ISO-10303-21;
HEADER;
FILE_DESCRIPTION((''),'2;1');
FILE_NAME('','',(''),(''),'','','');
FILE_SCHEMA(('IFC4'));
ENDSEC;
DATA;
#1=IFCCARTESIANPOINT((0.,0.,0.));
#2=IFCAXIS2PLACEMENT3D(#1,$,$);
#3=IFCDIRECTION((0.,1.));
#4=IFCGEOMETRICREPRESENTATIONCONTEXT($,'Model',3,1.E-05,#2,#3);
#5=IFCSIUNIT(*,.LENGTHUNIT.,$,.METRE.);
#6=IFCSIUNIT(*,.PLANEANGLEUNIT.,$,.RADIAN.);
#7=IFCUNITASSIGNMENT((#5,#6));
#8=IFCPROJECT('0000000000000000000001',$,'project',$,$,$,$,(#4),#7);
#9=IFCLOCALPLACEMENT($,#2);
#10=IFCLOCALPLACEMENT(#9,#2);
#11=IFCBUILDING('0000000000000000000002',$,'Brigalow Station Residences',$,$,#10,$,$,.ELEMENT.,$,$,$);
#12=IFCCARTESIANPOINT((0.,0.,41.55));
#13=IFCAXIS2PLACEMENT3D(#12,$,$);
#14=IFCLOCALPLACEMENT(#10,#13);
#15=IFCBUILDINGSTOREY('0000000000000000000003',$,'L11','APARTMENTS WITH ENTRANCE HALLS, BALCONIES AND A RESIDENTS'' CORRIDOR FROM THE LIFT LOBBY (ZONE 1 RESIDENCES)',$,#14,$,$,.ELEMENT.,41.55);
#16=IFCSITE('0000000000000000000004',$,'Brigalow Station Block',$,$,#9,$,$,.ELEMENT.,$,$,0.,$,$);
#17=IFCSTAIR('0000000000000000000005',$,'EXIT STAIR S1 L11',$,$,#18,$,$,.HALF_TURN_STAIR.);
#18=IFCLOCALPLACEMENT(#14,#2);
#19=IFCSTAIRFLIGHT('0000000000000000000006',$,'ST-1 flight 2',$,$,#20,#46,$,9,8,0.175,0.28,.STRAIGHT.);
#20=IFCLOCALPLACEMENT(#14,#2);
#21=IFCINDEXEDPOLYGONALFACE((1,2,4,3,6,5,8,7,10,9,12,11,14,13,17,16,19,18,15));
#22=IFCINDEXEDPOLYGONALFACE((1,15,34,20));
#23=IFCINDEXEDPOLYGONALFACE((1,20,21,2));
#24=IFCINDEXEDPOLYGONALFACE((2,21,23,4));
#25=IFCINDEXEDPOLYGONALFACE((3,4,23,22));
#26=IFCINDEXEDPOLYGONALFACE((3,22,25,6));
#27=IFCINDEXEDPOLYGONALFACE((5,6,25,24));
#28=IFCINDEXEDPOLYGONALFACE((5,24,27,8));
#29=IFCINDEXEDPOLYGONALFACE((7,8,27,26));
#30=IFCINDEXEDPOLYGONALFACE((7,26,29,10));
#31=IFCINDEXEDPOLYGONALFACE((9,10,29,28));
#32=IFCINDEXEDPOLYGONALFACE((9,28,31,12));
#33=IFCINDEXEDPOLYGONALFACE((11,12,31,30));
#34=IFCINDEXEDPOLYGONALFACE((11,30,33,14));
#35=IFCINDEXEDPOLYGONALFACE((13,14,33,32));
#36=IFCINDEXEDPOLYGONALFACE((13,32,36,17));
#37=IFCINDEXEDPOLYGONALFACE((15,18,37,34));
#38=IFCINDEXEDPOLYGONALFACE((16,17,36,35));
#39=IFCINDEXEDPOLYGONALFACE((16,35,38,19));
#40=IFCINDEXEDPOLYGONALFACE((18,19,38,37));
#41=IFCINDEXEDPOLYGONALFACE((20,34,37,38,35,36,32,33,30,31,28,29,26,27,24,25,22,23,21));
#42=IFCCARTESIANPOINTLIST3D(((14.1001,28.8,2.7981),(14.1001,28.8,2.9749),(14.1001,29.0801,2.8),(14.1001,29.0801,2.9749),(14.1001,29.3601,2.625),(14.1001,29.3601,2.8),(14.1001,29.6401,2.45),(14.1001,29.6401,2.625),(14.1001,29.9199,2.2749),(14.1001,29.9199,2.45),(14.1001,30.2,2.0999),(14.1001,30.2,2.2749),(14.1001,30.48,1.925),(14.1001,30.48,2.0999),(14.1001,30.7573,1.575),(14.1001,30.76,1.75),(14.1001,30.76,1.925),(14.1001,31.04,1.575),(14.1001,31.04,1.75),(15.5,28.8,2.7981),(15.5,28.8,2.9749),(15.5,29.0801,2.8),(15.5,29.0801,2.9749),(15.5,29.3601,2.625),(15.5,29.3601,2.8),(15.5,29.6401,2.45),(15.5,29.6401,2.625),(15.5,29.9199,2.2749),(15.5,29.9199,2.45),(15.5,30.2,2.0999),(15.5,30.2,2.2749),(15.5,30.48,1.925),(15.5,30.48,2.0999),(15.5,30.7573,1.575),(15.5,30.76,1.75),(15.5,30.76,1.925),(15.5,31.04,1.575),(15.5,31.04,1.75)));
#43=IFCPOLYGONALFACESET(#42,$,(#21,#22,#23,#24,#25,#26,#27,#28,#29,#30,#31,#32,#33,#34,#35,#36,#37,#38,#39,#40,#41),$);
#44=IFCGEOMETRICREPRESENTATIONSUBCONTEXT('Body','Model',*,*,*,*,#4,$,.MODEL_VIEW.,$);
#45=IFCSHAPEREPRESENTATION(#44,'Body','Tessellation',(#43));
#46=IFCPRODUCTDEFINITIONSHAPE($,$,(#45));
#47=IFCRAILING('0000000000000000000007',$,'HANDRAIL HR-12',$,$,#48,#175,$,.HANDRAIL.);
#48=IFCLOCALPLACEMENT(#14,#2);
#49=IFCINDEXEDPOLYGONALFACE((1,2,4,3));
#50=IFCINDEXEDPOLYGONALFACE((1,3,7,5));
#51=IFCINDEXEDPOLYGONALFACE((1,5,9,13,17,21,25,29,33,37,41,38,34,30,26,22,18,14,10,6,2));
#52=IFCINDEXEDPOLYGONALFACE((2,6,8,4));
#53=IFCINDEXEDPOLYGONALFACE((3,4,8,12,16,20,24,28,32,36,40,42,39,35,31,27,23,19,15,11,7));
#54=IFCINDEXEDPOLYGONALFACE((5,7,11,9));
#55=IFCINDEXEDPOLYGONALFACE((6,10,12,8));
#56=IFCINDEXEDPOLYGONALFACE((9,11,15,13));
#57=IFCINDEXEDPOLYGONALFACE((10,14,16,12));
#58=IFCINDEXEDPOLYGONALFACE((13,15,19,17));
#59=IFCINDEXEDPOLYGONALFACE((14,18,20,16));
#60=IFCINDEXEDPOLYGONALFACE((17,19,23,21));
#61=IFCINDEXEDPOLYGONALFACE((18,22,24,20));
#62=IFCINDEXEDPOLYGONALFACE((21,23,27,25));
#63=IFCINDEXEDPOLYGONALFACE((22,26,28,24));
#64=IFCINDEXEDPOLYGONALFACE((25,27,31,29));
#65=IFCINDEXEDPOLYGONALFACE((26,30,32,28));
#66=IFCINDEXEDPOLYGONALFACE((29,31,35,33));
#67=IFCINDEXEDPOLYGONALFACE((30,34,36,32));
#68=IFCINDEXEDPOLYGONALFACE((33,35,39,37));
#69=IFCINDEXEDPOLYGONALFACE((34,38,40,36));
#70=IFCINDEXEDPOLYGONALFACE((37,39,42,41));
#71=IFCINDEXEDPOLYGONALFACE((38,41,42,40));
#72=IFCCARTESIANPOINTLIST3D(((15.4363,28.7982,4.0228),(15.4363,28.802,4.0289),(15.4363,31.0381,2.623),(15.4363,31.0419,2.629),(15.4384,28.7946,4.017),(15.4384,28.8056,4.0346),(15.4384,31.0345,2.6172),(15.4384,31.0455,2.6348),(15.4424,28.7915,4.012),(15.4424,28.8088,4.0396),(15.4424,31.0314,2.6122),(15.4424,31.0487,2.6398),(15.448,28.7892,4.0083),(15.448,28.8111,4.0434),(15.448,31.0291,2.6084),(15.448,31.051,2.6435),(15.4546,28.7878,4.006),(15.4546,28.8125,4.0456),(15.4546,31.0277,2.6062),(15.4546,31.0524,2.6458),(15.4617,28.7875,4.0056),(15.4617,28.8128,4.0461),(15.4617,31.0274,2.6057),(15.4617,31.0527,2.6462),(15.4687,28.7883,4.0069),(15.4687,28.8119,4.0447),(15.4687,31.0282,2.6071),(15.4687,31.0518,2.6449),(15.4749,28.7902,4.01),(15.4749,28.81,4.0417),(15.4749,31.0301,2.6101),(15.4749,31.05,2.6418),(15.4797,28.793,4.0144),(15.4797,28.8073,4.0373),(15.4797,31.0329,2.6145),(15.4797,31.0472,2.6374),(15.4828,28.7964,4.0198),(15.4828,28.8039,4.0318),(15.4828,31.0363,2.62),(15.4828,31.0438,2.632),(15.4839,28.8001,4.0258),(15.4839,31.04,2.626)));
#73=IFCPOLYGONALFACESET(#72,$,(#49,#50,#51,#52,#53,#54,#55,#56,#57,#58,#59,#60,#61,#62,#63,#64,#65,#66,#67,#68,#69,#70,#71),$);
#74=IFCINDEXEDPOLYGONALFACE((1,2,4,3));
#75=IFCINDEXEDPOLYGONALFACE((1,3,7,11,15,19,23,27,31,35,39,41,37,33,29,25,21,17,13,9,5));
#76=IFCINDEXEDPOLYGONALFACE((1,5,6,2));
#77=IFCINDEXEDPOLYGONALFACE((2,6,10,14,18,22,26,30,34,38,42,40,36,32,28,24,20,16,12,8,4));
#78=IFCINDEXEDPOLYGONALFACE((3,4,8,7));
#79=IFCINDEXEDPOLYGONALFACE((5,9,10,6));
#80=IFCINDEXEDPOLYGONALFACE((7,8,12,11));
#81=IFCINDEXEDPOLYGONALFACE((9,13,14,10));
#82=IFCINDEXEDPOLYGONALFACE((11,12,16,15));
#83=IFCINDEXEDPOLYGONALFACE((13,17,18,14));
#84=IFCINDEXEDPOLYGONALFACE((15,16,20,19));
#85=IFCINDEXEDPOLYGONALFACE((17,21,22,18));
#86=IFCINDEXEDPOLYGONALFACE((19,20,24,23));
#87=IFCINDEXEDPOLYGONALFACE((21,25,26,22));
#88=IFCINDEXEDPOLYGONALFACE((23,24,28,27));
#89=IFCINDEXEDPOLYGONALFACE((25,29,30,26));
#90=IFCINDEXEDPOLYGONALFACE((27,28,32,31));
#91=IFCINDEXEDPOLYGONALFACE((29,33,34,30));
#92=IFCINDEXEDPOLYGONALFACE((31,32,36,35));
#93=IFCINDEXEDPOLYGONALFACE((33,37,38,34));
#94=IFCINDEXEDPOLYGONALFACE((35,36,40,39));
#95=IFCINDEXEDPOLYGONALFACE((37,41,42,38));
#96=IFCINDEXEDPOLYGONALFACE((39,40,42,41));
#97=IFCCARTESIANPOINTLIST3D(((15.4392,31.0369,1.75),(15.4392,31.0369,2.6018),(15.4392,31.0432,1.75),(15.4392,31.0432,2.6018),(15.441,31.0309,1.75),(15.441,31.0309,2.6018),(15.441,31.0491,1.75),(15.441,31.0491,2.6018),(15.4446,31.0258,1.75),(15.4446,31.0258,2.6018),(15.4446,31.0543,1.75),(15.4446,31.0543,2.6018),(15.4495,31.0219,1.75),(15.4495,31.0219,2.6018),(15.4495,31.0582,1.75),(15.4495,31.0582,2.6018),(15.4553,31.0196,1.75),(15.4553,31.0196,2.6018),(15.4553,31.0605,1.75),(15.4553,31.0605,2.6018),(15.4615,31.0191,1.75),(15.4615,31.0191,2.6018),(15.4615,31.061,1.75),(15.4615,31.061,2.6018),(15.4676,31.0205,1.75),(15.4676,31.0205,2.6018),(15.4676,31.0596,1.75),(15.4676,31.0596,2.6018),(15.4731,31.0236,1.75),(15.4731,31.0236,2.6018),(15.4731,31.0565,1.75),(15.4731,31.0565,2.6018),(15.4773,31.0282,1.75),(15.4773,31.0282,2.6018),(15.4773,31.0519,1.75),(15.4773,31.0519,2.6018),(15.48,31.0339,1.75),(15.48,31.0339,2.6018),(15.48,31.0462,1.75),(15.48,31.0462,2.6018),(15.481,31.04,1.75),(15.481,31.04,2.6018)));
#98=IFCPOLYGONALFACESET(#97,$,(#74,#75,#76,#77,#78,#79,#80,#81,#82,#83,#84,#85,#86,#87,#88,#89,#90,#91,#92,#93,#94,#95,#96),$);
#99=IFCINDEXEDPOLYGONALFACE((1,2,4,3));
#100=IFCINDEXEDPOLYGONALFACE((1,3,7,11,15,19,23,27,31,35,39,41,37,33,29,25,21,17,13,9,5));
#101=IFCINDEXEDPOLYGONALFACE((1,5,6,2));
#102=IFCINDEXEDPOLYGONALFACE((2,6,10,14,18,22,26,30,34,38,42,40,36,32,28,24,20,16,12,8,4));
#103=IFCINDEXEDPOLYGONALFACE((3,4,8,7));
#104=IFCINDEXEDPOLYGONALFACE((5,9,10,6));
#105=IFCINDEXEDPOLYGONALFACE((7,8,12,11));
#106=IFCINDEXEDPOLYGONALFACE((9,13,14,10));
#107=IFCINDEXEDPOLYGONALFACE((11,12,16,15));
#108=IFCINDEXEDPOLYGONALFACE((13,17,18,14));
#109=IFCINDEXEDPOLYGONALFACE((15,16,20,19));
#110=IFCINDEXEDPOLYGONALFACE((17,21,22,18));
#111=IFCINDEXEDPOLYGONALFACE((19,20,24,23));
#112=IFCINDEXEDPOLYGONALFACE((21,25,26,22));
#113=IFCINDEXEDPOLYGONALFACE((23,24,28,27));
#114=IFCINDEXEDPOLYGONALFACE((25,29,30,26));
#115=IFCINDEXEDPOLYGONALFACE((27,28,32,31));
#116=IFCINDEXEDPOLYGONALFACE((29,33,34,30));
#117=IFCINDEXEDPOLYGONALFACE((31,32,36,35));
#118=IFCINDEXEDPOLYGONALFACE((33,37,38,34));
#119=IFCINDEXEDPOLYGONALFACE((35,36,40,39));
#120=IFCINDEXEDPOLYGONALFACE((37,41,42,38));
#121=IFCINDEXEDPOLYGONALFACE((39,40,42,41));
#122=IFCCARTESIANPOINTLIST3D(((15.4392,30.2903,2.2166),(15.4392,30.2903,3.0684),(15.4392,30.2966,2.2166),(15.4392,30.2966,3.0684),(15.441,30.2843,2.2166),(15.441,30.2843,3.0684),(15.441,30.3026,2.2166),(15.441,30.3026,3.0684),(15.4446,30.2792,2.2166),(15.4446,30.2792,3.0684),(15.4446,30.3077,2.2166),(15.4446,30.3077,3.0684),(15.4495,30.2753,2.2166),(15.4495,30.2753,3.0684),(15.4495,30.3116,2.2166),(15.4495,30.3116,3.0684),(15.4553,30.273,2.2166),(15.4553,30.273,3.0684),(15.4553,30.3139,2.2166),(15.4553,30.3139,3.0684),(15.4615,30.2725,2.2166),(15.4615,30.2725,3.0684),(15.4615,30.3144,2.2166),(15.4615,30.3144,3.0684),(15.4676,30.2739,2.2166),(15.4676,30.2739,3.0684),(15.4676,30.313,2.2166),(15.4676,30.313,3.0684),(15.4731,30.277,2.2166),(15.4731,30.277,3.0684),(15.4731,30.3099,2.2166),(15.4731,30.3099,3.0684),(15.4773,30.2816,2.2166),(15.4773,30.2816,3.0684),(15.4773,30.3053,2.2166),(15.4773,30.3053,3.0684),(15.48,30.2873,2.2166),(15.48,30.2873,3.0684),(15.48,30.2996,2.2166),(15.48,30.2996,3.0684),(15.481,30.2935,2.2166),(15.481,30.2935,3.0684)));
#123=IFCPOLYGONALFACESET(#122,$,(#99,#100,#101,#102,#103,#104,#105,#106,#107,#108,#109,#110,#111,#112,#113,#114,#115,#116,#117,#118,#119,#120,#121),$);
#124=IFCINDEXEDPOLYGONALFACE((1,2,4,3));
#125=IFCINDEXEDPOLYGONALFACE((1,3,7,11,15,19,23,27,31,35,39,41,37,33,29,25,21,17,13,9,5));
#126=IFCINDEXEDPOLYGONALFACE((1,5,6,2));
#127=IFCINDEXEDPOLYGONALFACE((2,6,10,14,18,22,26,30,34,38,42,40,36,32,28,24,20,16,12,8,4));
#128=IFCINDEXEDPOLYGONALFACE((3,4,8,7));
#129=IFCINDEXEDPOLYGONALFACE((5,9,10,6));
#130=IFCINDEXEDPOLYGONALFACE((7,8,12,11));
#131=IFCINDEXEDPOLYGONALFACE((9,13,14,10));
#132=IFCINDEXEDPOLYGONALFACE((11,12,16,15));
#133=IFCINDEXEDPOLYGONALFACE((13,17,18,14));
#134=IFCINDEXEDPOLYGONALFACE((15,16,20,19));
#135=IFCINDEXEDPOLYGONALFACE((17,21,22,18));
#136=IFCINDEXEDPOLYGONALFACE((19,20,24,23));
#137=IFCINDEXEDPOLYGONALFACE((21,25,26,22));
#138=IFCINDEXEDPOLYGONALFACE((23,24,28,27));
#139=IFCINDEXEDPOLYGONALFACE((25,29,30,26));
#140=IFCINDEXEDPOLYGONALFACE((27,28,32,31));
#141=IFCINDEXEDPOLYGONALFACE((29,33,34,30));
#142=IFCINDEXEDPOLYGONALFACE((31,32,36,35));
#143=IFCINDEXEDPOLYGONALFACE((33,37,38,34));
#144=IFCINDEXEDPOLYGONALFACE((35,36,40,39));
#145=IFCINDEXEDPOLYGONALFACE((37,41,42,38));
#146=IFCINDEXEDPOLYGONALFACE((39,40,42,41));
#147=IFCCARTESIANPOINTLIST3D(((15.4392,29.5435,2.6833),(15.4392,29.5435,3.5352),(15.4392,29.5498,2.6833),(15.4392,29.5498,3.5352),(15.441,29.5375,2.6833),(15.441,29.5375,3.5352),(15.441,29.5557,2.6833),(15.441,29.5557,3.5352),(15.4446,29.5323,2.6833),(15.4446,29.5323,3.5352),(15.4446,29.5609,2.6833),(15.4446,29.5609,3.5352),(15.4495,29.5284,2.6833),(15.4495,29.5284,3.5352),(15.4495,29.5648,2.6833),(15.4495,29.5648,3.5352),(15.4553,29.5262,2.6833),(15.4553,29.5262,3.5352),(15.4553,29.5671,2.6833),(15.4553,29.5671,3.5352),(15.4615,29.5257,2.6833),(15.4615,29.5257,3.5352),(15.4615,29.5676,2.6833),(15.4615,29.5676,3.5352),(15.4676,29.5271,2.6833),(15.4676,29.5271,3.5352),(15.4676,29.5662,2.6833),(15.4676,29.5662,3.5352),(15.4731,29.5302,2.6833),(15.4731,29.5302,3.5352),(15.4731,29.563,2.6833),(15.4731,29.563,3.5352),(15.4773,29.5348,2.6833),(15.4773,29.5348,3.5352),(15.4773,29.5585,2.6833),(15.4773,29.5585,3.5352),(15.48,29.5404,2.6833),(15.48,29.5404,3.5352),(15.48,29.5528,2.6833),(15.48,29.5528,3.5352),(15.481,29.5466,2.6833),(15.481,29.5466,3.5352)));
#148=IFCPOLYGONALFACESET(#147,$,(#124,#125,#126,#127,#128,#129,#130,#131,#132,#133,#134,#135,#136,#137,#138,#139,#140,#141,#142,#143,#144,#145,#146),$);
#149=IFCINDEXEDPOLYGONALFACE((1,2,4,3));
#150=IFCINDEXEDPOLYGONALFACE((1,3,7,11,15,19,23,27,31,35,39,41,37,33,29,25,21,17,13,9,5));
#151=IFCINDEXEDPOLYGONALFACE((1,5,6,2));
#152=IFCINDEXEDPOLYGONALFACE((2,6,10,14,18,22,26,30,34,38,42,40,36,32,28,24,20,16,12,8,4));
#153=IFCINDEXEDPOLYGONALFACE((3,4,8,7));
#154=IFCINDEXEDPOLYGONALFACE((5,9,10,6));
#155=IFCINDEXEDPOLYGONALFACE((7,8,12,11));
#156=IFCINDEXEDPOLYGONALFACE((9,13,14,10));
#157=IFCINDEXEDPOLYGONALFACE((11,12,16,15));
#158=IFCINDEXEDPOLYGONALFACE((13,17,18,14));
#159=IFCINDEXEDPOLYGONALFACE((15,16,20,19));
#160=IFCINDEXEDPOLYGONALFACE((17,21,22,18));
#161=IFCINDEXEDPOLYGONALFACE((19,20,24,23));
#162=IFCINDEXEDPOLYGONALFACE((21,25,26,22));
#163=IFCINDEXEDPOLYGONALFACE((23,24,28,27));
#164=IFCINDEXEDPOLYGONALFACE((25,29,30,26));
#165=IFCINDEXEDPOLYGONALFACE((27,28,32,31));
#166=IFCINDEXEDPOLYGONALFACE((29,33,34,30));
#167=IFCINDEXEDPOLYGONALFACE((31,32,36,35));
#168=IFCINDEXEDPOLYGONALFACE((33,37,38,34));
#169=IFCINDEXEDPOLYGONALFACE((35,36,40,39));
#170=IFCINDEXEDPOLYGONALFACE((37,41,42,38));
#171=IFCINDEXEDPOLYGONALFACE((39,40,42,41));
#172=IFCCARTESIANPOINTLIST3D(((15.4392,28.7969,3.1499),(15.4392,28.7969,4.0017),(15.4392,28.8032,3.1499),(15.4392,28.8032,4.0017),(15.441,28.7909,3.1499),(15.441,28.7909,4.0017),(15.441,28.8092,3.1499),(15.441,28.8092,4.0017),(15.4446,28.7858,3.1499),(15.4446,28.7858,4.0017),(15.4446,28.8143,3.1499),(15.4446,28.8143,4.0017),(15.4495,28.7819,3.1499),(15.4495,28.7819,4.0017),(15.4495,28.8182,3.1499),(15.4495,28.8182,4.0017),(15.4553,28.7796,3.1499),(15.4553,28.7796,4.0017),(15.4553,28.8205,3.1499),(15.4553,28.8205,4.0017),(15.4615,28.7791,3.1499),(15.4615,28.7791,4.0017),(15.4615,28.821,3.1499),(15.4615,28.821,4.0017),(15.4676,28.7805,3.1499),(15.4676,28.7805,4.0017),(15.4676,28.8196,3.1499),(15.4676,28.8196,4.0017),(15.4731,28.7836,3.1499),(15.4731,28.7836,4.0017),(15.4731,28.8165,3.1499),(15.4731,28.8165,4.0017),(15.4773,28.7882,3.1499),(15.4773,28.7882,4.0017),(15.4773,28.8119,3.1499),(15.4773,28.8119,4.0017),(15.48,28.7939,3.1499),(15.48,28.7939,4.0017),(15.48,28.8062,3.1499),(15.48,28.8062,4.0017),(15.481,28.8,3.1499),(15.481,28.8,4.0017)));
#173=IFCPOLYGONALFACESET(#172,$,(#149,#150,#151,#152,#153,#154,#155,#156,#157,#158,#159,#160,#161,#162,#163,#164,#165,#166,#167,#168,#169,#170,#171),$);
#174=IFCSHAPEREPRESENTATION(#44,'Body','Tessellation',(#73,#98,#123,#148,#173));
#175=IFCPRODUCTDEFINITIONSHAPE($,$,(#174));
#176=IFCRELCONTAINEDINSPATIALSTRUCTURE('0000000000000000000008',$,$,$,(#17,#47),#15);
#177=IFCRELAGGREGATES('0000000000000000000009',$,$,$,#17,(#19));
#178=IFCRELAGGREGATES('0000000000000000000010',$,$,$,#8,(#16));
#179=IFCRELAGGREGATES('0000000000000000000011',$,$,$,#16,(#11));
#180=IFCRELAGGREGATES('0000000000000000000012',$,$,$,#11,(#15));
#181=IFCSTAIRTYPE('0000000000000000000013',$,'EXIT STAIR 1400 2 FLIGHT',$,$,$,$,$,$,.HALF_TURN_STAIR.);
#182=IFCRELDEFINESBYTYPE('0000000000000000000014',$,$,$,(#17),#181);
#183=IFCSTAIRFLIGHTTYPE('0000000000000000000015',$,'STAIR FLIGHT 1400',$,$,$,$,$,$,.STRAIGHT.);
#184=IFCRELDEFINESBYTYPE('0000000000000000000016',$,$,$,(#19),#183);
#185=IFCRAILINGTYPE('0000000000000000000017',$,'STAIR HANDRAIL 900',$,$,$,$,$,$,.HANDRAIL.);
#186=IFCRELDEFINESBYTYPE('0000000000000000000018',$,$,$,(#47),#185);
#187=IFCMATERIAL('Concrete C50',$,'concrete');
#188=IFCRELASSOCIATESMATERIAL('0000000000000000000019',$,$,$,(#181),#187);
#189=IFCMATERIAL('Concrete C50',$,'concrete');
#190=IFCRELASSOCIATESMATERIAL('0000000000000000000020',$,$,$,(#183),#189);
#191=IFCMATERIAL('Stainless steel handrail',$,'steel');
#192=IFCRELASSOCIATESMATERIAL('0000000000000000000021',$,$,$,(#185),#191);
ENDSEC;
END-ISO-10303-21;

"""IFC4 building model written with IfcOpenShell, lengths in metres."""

from ifc_helpers import new_model, si_unit, direction, frame, origin, origin_2d, place, context, subcontext, project, spatial, polyline, circle, outline, extrude, material, type_object, element, aggregate, save


model = new_model("IFC4")

# Units and contexts
model_context = context("Model", 3, precision=1e-05, world=origin(), true_north=direction((0.0, 1.0)))
body_context = subcontext(model_context, "Body", "Model", "MODEL_VIEW")
ifc_project = project(units=[si_unit("LENGTHUNIT", "METRE"), si_unit("PLANEANGLEUNIT", "RADIAN")], contexts=[model_context])

# Site, building, storey
site_placement = place(None, origin())
site = spatial("IfcSite", under=ifc_project, at=site_placement, Name="Brigalow Station Block", CompositionType="ELEMENT", RefElevation=0.0)
building_placement = place(site_placement, origin())
building = spatial("IfcBuilding", under=site, at=building_placement, Name="Brigalow Station Residences", CompositionType="ELEMENT")
storey_placement = place(building_placement, frame((0.0, 0.0, 41.55)))
storey = spatial("IfcBuildingStorey", under=building, at=storey_placement, Name="L11", Description="APARTMENTS WITH ENTRANCE HALLS, BALCONIES AND A RESIDENTS' CORRIDOR FROM THE LIFT LOBBY (ZONE 1 RESIDENCES)", CompositionType="ELEMENT", Elevation=41.55)

# Stair, stair flight
ifc_material_1 = material(Name="Concrete C50", Category="concrete")
stair_type = type_object("IfcStairType", Name="EXIT STAIR 1400 2 FLIGHT", PredefinedType="HALF_TURN_STAIR", material=ifc_material_1)
stair_placement = place(storey_placement, origin())
stair = element("IfcStair", 1, at=stair_placement, inside=storey, type_object=stair_type, Name="EXIT STAIR S1 L11", PredefinedType="HALF_TURN_STAIR")
ifc_material_2 = material(Name="Concrete C50", Category="concrete")
stair_flight_type = type_object("IfcStairFlightType", Name="STAIR FLIGHT 1400", PredefinedType="STRAIGHT", material=ifc_material_2)
stair_flight_1_placement = place(storey_placement, frame((14.8, 31.04, 1.575), z_axis=(0.0, 0.0, 1.0), x_axis=(0.0, -1.0, 0.0)))
stair_flight_1 = element("IfcStairFlight", 2, at=stair_flight_1_placement, type_object=stair_flight_type, Name="ST-1 flight 2", NumberOfRisers=9, NumberOfTreads=8, PredefinedType="STRAIGHT", RiserHeight=0.175, TreadLength=0.28, context=body_context, shape_type="SweptSolid", body=[
    extrude(outline(polyline([(0.0, 0.0), (0.0, 0.175), (0.28, 0.175), (0.28, 0.3501), (0.5601, 0.3501), (0.5601, 0.5249), (0.8401, 0.5249), (0.8401, 0.7), (1.1201, 0.7), (1.1201, 0.875), (1.3999, 0.875), (1.3999, 1.05), (1.6799, 1.05), (1.6799, 1.2251), (1.96, 1.2251), (1.96, 1.3999), (2.24, 1.3999), (2.24, 1.575), (2.24, 1.2231), (0.2827, 0.0), (0.0, 0.0)])), frame((0.0, 0.7, 0.0), z_axis=(0.0, -1.0, 0.0), x_axis=(1.0, 0.0, 0.0)), (0.0, 0.0, 1.0), 1.3999),
])
aggregate(stair, [stair_flight_1])

# Railing
ifc_material_3 = material(Name="Stainless steel handrail", Category="steel")
railing_type_1 = type_object("IfcRailingType", Name="STAIR HANDRAIL 900", PredefinedType="HANDRAIL", material=ifc_material_3)
railing_1_placement = place(storey_placement, frame((15.46, 31.04, 1.75)))
element("IfcRailing", 3, at=railing_1_placement, inside=storey, type_object=railing_type_1, Name="HANDRAIL HR-12", PredefinedType="HANDRAIL", context=body_context, shape_type="SweptSolid", body=[
    extrude(circle(Radius=0.0239, at=origin_2d()), frame((0.0, 0.0, 0.876), z_axis=(0.0, -0.848014, 0.529974), x_axis=(1.0, 0.0, 0.0)), (0.0, 0.0, 1.0), 2.6414),
    extrude(circle(Radius=0.021, at=origin_2d()), origin(), (0.0, 0.0, 1.0), 0.8518),
    extrude(circle(Radius=0.021, at=origin_2d()), frame((0.0, -0.7466, 0.4666)), (0.0, 0.0, 1.0), 0.8518),
    extrude(circle(Radius=0.021, at=origin_2d()), frame((0.0, -1.4934, 0.9333)), (0.0, 0.0, 1.0), 0.8518),
    extrude(circle(Radius=0.021, at=origin_2d()), frame((0.0, -2.24, 1.3999)), (0.0, 0.0, 1.0), 0.8518),
])

save(model, "model.ifc")
